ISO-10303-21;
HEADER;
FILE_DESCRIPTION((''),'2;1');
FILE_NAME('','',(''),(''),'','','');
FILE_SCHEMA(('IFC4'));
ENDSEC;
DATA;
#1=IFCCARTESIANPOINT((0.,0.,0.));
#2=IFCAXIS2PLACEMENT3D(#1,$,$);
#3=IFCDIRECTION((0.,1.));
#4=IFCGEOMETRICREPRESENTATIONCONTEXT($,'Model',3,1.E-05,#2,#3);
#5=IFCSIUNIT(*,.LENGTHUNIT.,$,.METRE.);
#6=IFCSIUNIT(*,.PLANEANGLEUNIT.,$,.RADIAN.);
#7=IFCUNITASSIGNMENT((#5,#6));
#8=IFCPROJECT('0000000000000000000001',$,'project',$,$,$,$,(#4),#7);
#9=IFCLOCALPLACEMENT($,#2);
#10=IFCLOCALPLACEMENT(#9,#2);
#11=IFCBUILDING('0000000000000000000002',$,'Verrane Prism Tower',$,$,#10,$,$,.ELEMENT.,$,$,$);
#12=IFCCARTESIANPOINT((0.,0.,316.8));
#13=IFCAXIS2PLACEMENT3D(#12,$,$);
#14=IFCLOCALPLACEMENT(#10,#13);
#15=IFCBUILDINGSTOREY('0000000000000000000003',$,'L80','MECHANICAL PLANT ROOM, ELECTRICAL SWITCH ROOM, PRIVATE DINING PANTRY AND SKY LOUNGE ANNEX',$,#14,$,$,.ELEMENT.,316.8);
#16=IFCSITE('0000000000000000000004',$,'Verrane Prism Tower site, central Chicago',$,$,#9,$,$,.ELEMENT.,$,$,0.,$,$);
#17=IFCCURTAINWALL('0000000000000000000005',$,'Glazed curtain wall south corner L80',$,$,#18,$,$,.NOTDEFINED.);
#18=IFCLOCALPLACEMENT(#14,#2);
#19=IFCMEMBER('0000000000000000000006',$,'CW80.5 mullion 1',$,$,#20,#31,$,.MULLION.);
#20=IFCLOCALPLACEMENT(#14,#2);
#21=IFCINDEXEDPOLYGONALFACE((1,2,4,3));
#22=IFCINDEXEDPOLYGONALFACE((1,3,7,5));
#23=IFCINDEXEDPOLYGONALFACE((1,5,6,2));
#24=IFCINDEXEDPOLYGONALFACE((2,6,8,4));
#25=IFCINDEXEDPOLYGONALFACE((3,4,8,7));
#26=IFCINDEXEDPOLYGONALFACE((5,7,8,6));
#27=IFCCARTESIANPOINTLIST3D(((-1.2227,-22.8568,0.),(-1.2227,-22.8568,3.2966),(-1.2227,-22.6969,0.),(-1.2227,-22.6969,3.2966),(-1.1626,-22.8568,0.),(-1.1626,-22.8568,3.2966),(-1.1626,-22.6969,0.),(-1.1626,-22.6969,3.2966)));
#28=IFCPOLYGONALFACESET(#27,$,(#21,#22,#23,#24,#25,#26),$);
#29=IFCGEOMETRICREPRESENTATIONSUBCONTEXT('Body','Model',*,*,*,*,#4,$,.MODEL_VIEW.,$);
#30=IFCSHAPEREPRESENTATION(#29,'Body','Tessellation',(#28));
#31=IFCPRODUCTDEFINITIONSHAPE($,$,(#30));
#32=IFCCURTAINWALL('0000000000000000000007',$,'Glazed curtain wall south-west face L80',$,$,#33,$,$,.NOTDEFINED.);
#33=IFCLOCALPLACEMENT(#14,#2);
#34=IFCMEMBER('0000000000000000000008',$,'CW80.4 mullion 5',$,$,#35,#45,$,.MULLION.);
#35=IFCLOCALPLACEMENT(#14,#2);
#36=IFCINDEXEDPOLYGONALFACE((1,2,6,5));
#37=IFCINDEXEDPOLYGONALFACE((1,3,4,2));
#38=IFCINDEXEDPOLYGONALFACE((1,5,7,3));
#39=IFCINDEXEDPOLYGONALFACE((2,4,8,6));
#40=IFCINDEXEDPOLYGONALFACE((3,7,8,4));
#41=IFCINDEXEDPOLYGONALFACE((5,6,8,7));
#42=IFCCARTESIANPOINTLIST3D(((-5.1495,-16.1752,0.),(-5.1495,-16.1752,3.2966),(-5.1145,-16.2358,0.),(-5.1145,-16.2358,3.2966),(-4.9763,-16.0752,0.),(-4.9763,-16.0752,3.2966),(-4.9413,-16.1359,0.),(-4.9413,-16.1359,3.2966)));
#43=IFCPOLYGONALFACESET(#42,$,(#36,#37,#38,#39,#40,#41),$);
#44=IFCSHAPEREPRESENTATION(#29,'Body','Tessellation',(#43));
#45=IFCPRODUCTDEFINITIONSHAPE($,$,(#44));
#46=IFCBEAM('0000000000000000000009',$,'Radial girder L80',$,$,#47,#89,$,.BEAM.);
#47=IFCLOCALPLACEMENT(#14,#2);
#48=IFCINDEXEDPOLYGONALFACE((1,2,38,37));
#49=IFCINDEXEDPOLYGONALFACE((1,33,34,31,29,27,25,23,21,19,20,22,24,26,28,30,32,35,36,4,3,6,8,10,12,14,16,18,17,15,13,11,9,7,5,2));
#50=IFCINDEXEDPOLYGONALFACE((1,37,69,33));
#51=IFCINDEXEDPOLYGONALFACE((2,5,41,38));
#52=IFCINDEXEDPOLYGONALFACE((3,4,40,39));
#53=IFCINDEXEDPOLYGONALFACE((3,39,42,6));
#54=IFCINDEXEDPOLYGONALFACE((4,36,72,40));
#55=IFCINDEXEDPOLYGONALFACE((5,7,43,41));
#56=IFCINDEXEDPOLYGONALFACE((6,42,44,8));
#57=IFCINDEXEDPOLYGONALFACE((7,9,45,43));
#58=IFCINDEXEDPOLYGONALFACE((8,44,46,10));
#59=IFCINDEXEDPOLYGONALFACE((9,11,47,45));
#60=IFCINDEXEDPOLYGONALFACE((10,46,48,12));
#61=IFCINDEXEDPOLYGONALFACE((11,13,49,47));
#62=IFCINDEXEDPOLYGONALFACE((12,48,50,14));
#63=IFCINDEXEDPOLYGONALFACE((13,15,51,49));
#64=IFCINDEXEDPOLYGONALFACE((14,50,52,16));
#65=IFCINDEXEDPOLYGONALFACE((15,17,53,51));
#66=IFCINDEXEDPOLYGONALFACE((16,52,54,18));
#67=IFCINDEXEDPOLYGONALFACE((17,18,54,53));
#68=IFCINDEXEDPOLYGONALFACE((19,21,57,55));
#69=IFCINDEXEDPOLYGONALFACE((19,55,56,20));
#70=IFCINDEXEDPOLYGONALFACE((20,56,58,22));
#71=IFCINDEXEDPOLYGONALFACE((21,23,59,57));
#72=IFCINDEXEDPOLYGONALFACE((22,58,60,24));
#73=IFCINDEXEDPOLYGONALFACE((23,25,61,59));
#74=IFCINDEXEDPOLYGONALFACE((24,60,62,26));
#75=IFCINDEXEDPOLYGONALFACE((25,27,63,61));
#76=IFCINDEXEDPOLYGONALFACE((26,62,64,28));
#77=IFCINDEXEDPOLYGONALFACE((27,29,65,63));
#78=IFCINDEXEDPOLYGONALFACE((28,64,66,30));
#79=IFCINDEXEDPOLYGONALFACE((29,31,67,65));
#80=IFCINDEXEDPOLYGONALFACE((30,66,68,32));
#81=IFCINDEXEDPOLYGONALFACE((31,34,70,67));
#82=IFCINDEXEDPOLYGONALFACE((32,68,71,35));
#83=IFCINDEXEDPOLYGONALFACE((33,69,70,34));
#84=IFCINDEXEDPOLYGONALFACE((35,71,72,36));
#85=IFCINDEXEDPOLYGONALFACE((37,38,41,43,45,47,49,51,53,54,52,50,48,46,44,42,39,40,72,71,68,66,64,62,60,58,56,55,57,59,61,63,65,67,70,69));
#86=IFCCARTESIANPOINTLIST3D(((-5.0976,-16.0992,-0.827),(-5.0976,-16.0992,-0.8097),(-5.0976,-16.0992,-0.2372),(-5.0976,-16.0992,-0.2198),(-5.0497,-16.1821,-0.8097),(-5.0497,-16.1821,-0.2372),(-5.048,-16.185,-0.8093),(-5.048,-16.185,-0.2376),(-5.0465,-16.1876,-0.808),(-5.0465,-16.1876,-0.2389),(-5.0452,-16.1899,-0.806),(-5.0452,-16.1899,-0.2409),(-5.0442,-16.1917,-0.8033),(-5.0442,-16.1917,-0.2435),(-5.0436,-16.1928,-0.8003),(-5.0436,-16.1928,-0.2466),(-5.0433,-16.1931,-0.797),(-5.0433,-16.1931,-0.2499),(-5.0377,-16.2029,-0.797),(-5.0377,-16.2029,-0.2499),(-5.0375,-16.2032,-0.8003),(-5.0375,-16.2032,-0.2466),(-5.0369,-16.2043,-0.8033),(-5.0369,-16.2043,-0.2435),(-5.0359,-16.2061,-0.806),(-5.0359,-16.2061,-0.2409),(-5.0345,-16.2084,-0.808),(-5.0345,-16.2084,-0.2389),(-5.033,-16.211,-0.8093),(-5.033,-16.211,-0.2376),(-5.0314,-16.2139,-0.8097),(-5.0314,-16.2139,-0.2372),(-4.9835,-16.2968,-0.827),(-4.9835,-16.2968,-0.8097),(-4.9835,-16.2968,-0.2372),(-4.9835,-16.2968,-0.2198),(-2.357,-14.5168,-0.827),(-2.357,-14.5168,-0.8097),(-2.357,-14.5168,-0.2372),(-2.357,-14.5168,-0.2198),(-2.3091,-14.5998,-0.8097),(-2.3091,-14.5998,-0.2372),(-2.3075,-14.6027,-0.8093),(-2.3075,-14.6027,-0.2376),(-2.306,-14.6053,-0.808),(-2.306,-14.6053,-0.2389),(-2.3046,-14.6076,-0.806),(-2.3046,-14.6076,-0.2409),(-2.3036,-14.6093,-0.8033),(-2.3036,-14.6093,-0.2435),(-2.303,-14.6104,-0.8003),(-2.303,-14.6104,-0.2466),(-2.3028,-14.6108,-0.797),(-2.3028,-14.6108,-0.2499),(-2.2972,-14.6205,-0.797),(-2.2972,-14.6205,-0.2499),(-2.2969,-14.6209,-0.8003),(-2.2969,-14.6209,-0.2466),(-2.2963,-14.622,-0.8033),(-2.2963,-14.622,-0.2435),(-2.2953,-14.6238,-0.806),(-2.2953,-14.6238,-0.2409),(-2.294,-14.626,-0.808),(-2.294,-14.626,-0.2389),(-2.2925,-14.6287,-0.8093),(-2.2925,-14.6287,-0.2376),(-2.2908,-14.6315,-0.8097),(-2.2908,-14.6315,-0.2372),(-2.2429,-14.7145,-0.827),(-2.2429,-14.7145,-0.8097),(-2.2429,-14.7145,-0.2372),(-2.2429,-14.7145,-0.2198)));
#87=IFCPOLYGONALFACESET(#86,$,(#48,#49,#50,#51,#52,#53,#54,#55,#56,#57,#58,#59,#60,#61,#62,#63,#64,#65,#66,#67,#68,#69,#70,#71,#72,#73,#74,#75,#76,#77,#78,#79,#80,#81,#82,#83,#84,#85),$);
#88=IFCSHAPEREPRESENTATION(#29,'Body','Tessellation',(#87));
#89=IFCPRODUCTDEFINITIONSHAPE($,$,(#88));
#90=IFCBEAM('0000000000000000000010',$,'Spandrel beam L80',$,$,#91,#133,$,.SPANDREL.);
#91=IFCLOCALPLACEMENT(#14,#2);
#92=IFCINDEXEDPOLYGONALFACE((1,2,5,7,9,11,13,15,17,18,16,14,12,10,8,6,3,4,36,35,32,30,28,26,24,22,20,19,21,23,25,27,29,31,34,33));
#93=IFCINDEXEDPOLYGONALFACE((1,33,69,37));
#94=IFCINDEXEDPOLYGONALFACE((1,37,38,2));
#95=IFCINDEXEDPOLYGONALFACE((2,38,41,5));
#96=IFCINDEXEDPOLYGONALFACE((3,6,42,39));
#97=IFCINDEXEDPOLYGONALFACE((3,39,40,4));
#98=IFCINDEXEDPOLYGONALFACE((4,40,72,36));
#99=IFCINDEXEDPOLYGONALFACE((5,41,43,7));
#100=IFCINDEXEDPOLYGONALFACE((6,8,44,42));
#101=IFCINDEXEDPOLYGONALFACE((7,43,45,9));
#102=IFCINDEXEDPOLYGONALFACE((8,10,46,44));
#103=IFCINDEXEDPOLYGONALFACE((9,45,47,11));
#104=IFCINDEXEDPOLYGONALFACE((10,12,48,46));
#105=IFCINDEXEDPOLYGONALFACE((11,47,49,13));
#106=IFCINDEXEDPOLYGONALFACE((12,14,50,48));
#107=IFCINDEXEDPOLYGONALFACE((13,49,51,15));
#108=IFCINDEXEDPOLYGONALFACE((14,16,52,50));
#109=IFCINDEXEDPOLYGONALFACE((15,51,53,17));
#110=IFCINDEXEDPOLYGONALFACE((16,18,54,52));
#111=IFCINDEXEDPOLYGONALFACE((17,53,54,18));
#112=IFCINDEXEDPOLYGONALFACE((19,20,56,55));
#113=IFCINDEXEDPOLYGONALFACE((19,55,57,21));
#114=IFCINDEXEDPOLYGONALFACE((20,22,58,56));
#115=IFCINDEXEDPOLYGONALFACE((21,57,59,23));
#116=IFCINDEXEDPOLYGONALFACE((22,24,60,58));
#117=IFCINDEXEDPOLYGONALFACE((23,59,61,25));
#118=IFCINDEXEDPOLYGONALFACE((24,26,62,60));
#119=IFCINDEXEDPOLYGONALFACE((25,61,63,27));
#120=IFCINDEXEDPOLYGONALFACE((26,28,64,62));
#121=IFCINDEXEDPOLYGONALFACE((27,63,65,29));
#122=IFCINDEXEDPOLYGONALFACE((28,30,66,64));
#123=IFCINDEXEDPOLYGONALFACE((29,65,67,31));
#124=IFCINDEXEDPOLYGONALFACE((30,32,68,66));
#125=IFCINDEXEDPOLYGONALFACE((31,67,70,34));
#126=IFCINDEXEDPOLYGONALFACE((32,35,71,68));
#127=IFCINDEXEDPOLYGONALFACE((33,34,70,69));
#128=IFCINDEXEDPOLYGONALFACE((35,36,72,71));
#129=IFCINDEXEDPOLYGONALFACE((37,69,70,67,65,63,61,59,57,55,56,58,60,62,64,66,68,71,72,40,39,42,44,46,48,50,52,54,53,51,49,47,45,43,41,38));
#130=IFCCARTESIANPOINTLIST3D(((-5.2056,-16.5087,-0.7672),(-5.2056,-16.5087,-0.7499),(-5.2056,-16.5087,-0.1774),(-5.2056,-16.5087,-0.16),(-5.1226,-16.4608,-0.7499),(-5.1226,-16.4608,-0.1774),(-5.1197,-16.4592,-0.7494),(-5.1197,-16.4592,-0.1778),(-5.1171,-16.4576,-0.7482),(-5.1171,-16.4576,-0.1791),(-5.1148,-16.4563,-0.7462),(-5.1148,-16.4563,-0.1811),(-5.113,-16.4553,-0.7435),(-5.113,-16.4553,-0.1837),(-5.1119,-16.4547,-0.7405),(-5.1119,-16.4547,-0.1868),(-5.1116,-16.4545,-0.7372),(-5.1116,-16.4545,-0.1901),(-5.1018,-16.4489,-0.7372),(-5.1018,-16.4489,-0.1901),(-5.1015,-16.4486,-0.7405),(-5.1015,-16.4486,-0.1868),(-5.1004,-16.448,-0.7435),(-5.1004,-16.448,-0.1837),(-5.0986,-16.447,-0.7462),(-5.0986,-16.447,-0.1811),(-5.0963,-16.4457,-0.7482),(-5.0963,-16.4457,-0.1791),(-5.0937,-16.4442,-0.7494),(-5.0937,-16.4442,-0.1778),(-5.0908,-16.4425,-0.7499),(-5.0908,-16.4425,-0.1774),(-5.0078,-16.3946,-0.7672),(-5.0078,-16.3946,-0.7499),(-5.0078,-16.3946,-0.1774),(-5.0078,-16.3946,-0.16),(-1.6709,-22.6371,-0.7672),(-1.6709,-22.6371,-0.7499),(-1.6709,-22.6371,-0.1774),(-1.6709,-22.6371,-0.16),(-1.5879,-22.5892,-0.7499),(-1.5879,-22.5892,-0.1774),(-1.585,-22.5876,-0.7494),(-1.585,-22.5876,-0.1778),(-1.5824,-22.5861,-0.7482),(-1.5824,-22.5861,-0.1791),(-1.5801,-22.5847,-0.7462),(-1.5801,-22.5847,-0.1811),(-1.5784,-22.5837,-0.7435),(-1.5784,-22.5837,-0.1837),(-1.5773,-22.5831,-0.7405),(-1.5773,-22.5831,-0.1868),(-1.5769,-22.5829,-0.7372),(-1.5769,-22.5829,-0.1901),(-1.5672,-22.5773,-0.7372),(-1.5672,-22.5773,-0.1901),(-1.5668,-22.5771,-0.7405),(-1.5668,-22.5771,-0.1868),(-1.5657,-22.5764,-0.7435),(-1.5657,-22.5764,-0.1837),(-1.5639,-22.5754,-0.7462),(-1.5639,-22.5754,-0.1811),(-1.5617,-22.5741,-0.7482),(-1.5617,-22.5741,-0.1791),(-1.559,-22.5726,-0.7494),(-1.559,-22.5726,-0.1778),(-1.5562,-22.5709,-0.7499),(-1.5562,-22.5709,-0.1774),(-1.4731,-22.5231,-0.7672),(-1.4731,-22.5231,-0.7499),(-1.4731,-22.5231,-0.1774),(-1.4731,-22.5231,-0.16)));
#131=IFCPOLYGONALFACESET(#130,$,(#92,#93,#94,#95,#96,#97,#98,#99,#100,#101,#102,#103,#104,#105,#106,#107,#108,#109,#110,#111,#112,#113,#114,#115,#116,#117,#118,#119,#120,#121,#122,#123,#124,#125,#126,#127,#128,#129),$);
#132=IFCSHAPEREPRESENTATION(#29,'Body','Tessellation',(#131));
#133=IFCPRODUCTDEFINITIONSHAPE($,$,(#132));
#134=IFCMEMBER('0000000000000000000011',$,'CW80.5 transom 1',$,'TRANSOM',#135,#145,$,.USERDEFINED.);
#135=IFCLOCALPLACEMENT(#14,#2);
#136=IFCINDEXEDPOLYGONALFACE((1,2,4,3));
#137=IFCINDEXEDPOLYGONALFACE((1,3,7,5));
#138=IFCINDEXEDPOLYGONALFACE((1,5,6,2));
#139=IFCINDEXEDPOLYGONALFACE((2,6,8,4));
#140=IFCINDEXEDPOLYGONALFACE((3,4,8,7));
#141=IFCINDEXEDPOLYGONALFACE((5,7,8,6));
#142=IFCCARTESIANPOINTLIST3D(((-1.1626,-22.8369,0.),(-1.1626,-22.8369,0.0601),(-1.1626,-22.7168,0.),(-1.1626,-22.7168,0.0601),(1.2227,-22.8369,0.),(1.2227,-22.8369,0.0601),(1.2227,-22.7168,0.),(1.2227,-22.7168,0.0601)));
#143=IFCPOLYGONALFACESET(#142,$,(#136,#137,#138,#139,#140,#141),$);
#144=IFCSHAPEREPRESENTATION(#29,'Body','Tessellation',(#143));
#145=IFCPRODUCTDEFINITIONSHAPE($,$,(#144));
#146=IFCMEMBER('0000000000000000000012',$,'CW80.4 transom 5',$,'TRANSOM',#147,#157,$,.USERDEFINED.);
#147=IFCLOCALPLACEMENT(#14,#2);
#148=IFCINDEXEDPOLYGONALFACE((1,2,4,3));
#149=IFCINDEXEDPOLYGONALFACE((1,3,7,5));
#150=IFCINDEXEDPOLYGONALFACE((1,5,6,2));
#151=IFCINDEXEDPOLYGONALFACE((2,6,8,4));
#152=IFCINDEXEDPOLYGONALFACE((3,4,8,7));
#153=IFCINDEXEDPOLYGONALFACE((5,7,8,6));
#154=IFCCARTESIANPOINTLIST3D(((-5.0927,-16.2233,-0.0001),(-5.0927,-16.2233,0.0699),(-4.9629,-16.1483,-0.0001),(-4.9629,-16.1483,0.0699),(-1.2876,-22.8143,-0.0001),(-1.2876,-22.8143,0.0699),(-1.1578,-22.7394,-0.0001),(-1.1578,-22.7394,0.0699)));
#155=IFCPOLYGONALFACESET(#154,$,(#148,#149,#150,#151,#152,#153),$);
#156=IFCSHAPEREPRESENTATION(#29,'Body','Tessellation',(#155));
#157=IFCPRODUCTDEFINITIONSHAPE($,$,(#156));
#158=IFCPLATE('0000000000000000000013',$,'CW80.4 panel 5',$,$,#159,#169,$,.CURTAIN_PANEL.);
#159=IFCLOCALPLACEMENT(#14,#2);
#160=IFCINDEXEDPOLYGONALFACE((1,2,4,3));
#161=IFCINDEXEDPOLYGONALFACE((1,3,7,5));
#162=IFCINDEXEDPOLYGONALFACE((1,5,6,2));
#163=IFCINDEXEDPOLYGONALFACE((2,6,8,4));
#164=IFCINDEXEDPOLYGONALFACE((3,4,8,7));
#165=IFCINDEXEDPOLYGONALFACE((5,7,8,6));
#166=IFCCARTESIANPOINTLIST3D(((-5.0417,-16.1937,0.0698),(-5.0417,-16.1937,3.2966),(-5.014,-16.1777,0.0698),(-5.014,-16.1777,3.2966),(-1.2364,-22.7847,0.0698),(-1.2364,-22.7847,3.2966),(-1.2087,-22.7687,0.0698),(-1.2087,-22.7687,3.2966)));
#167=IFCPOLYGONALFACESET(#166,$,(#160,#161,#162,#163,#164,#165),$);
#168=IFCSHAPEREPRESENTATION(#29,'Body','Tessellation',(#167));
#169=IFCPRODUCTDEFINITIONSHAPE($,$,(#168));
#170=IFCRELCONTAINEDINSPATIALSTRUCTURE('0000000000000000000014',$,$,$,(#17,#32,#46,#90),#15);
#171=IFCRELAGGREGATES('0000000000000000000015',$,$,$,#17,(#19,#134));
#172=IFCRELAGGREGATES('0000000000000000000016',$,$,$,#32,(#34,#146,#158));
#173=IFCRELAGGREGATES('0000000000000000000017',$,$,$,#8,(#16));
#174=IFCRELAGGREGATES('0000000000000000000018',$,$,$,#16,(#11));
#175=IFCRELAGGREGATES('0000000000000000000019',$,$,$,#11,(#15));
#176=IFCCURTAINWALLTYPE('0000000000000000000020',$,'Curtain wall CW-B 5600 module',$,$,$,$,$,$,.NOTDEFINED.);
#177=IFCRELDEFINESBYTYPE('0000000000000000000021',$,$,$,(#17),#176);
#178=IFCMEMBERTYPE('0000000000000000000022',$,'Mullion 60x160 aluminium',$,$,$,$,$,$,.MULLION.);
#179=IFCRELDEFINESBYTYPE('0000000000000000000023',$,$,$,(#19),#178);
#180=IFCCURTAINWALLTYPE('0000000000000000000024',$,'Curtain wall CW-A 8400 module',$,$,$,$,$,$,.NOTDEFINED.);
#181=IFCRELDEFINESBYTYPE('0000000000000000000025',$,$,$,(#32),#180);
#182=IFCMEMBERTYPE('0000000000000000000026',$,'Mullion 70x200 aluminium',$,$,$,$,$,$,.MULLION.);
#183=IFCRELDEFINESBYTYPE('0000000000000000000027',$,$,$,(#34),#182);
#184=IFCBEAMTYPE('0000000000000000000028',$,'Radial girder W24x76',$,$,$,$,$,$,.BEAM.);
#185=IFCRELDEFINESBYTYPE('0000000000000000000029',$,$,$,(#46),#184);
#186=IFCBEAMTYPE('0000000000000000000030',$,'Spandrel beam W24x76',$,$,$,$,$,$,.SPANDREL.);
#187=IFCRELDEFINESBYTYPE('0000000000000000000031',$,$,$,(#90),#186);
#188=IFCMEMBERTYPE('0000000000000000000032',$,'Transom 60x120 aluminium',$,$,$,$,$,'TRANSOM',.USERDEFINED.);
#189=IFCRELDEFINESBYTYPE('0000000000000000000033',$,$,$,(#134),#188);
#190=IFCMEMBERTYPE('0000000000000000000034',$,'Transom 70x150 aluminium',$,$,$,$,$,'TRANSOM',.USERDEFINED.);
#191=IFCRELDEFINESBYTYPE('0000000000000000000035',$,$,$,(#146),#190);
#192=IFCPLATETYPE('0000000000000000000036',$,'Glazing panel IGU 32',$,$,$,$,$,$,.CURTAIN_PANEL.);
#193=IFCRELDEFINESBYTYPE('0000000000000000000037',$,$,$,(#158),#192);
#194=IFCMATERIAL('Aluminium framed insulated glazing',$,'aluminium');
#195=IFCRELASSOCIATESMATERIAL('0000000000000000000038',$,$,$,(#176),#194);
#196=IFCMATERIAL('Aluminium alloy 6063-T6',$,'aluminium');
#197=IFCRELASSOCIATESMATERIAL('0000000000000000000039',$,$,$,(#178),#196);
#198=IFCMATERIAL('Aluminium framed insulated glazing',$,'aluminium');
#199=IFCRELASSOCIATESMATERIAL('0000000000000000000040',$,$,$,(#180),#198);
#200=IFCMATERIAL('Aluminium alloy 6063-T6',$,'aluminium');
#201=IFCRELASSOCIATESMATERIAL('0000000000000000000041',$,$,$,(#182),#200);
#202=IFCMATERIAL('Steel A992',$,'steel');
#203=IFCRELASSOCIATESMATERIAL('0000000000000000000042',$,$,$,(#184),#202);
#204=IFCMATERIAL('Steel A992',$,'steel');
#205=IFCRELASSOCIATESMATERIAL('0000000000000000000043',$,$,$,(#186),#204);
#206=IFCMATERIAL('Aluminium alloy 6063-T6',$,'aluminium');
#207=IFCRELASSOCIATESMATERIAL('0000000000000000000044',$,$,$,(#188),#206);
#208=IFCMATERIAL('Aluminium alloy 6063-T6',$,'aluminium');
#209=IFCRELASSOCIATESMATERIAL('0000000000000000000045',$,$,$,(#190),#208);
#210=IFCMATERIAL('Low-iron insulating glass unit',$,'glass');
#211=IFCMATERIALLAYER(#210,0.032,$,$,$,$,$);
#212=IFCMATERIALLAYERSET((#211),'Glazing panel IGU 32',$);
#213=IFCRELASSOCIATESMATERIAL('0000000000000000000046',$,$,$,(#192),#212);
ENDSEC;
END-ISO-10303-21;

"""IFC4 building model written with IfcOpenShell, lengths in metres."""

from ifc_helpers import new_model, si_unit, direction, frame, origin, origin_2d, place, context, subcontext, project, spatial, rectangle, i_section, extrude, material, layer, layer_set, material_profile, profile_set, type_object, element, aggregate, save


model = new_model("IFC4")

# Units and contexts
model_context = context("Model", 3, precision=1e-05, world=origin(), true_north=direction((0.0, 1.0)))
body_context = subcontext(model_context, "Body", "Model", "MODEL_VIEW")
ifc_project = project(units=[si_unit("LENGTHUNIT", "METRE"), si_unit("PLANEANGLEUNIT", "RADIAN")], contexts=[model_context])

# Site, building, storey
site_placement = place(None, origin())
site = spatial("IfcSite", under=ifc_project, at=site_placement, Name="Verrane Prism Tower site, central Chicago", CompositionType="ELEMENT", RefElevation=0.0)
building_placement = place(site_placement, origin())
building = spatial("IfcBuilding", under=site, at=building_placement, Name="Verrane Prism Tower", CompositionType="ELEMENT")
storey_placement = place(building_placement, frame((0.0, 0.0, 316.8)))
storey = spatial("IfcBuildingStorey", under=building, at=storey_placement, Name="L80", Description="MECHANICAL PLANT ROOM, ELECTRICAL SWITCH ROOM, PRIVATE DINING PANTRY AND SKY LOUNGE ANNEX", CompositionType="ELEMENT", Elevation=316.8)

# Curtain walls, members
ifc_material_1 = material(Name="Aluminium framed insulated glazing", Category="aluminium")
curtain_wall_type_1 = type_object("IfcCurtainWallType", Name="Curtain wall CW-B 5600 module", PredefinedType="NOTDEFINED", material=ifc_material_1)
curtain_wall_1_placement = place(storey_placement, origin())
curtain_wall_1 = element("IfcCurtainWall", 1, at=curtain_wall_1_placement, inside=storey, type_object=curtain_wall_type_1, Name="Glazed curtain wall south corner L80", PredefinedType="NOTDEFINED")
ifc_material_2 = material(Name="Aluminium alloy 6063-T6", Category="aluminium")
ifc_material_profile_1 = material_profile(ifc_material_2, rectangle(XDim=0.1599, YDim=0.0601, at=origin_2d()), Name="Mullion 60x160 aluminium")
ifc_profile_set_1 = profile_set([ifc_material_profile_1], Name="Aluminium alloy 6063-T6")
member_type_1 = type_object("IfcMemberType", Name="Mullion 60x160 aluminium", PredefinedType="MULLION", material=ifc_profile_set_1)
member_1_placement = place(storey_placement, frame((-1.1926, -22.7769, 0.0), z_axis=(0.0, 0.0, 1.0), x_axis=(0.0, 1.0, 0.0)))
member_1 = element("IfcMember", 2, at=member_1_placement, type_object=member_type_1, Name="CW80.5 mullion 1", PredefinedType="MULLION", context=body_context, shape_type="SweptSolid", body=[
    extrude(rectangle(XDim=0.1599, YDim=0.0601, at=origin_2d()), origin(), (0.0, 0.0, 1.0), 3.2966),
])
ifc_material_3 = material(Name="Aluminium framed insulated glazing", Category="aluminium")
curtain_wall_type_2 = type_object("IfcCurtainWallType", Name="Curtain wall CW-A 8400 module", PredefinedType="NOTDEFINED", material=ifc_material_3)
curtain_wall_2_placement = place(storey_placement, origin())
curtain_wall_2 = element("IfcCurtainWall", 3, at=curtain_wall_2_placement, inside=storey, type_object=curtain_wall_type_2, Name="Glazed curtain wall south-west face L80", PredefinedType="NOTDEFINED")
ifc_material_4 = material(Name="Aluminium alloy 6063-T6", Category="aluminium")
ifc_material_profile_2 = material_profile(ifc_material_4, rectangle(XDim=0.2, YDim=0.0701, at=origin_2d()), Name="Mullion 70x200 aluminium")
ifc_profile_set_2 = profile_set([ifc_material_profile_2], Name="Aluminium alloy 6063-T6")
member_type_2 = type_object("IfcMemberType", Name="Mullion 70x200 aluminium", PredefinedType="MULLION", material=ifc_profile_set_2)
member_2_placement = place(storey_placement, frame((-5.0454, -16.1555, 0.0), z_axis=(0.0, 0.0, 1.0), x_axis=(0.866025, 0.5, 0.0)))
member_2 = element("IfcMember", 4, at=member_2_placement, type_object=member_type_2, Name="CW80.4 mullion 5", PredefinedType="MULLION", context=body_context, shape_type="SweptSolid", body=[
    extrude(rectangle(XDim=0.2, YDim=0.0701, at=origin_2d()), origin(), (0.0, 0.0, 1.0), 3.2966),
])

# Beams
ifc_material_5 = material(Name="Steel A992", Category="steel")
ifc_material_profile_3 = material_profile(ifc_material_5, i_section(OverallWidth=0.2283, OverallDepth=0.6072, WebThickness=0.0112, FlangeThickness=0.0173, FilletRadius=0.0127, at=origin_2d()), Name="W24x76")
ifc_profile_set_3 = profile_set([ifc_material_profile_3], Name="Steel A992")
beam_type_1 = type_object("IfcBeamType", Name="Radial girder W24x76", PredefinedType="BEAM", material=ifc_profile_set_3)
beam_1_placement = place(storey_placement, frame((-5.0405, -16.198, -0.5234), z_axis=(0.866017, 0.500014, 0.0), x_axis=(-0.500014, 0.866017, 0.0)))
element("IfcBeam", 5, at=beam_1_placement, inside=storey, type_object=beam_type_1, Name="Radial girder L80", PredefinedType="BEAM", context=body_context, shape_type="SweptSolid", body=[
    extrude(i_section(OverallWidth=0.2283, OverallDepth=0.6072, WebThickness=0.0112, FlangeThickness=0.0173, FilletRadius=0.0127, at=origin_2d()), origin(), (0.0, 0.0, 1.0), 3.1646),
])
ifc_material_6 = material(Name="Steel A992", Category="steel")
ifc_material_profile_4 = material_profile(ifc_material_6, i_section(OverallWidth=0.2283, OverallDepth=0.6072, WebThickness=0.0112, FlangeThickness=0.0173, FilletRadius=0.0127, at=origin_2d()), Name="W24x76")
ifc_profile_set_4 = profile_set([ifc_material_profile_4], Name="Steel A992")
beam_type_2 = type_object("IfcBeamType", Name="Spandrel beam W24x76", PredefinedType="SPANDREL", material=ifc_profile_set_4)
beam_2_placement = place(storey_placement, frame((-5.1067, -16.4517, -0.4636), z_axis=(0.499621, -0.866244, 0.0), x_axis=(0.866244, 0.499621, 0.0)))
element("IfcBeam", 6, at=beam_2_placement, inside=storey, type_object=beam_type_2, Name="Spandrel beam L80", PredefinedType="SPANDREL", context=body_context, shape_type="SweptSolid", body=[
    extrude(i_section(OverallWidth=0.2283, OverallDepth=0.6072, WebThickness=0.0112, FlangeThickness=0.0173, FilletRadius=0.0127, at=origin_2d()), origin(), (0.0, 0.0, 1.0), 7.0747),
])

# Members
ifc_material_7 = material(Name="Aluminium alloy 6063-T6", Category="aluminium")
ifc_material_profile_5 = material_profile(ifc_material_7, rectangle(XDim=0.1201, YDim=0.0601, at=origin_2d()), Name="Transom 60x120 aluminium")
ifc_profile_set_5 = profile_set([ifc_material_profile_5], Name="Aluminium alloy 6063-T6")
member_type_3 = type_object("IfcMemberType", Name="Transom 60x120 aluminium", ElementType="TRANSOM", PredefinedType="USERDEFINED", material=ifc_profile_set_5)
member_3_placement = place(storey_placement, frame((-1.1626, -22.7769, 0.03), z_axis=(1.0, 0.0, 0.0), x_axis=(0.0, 1.0, 0.0)))
member_3 = element("IfcMember", 7, at=member_3_placement, type_object=member_type_3, Name="CW80.5 transom 1", ObjectType="TRANSOM", PredefinedType="USERDEFINED", context=body_context, shape_type="SweptSolid", body=[
    extrude(rectangle(XDim=0.1201, YDim=0.0601, at=origin_2d()), origin(), (0.0, 0.0, 1.0), 2.3853),
])
aggregate(curtain_wall_1, [member_1, member_3])
ifc_material_8 = material(Name="Aluminium alloy 6063-T6", Category="aluminium")
ifc_material_profile_6 = material_profile(ifc_material_8, rectangle(XDim=0.1499, YDim=0.0701, at=origin_2d()), Name="Transom 70x150 aluminium")
ifc_profile_set_6 = profile_set([ifc_material_profile_6], Name="Aluminium alloy 6063-T6")
member_type_4 = type_object("IfcMemberType", Name="Transom 70x150 aluminium", ElementType="TRANSOM", PredefinedType="USERDEFINED", material=ifc_profile_set_6)
member_4_placement = place(storey_placement, frame((-5.0278, -16.1858, 0.0349), z_axis=(0.499983, -0.866035, 0.0), x_axis=(0.866035, 0.499983, 0.0)))
member_4 = element("IfcMember", 8, at=member_4_placement, type_object=member_type_4, Name="CW80.4 transom 5", ObjectType="TRANSOM", PredefinedType="USERDEFINED", context=body_context, shape_type="SweptSolid", body=[
    extrude(rectangle(XDim=0.1499, YDim=0.0701, at=origin_2d()), origin(), (0.0, 0.0, 1.0), 7.6106),
])

# Plate
ifc_material_9 = material(Name="Low-iron insulating glass unit", Category="glass")
ifc_layer_1 = layer(ifc_material_9, 0.032)
ifc_layer_set_1 = layer_set([ifc_layer_1], Name="Glazing panel IGU 32")
plate_type = type_object("IfcPlateType", Name="Glazing panel IGU 32", PredefinedType="CURTAIN_PANEL", material=ifc_layer_set_1)
plate_placement = place(storey_placement, frame((-3.1252, -19.4812, 0.0698), z_axis=(0.0, 0.0, 1.0), x_axis=(0.5, -0.866025, 0.0)))
plate = element("IfcPlate", 9, at=plate_placement, type_object=plate_type, Name="CW80.4 panel 5", PredefinedType="CURTAIN_PANEL", context=body_context, shape_type="SweptSolid", body=[
    extrude(rectangle(XDim=7.6106, YDim=0.032, at=origin_2d()), origin(), (0.0, 0.0, 1.0), 3.2268),
])
aggregate(curtain_wall_2, [member_2, member_4, plate])

save(model, "model.ifc")
